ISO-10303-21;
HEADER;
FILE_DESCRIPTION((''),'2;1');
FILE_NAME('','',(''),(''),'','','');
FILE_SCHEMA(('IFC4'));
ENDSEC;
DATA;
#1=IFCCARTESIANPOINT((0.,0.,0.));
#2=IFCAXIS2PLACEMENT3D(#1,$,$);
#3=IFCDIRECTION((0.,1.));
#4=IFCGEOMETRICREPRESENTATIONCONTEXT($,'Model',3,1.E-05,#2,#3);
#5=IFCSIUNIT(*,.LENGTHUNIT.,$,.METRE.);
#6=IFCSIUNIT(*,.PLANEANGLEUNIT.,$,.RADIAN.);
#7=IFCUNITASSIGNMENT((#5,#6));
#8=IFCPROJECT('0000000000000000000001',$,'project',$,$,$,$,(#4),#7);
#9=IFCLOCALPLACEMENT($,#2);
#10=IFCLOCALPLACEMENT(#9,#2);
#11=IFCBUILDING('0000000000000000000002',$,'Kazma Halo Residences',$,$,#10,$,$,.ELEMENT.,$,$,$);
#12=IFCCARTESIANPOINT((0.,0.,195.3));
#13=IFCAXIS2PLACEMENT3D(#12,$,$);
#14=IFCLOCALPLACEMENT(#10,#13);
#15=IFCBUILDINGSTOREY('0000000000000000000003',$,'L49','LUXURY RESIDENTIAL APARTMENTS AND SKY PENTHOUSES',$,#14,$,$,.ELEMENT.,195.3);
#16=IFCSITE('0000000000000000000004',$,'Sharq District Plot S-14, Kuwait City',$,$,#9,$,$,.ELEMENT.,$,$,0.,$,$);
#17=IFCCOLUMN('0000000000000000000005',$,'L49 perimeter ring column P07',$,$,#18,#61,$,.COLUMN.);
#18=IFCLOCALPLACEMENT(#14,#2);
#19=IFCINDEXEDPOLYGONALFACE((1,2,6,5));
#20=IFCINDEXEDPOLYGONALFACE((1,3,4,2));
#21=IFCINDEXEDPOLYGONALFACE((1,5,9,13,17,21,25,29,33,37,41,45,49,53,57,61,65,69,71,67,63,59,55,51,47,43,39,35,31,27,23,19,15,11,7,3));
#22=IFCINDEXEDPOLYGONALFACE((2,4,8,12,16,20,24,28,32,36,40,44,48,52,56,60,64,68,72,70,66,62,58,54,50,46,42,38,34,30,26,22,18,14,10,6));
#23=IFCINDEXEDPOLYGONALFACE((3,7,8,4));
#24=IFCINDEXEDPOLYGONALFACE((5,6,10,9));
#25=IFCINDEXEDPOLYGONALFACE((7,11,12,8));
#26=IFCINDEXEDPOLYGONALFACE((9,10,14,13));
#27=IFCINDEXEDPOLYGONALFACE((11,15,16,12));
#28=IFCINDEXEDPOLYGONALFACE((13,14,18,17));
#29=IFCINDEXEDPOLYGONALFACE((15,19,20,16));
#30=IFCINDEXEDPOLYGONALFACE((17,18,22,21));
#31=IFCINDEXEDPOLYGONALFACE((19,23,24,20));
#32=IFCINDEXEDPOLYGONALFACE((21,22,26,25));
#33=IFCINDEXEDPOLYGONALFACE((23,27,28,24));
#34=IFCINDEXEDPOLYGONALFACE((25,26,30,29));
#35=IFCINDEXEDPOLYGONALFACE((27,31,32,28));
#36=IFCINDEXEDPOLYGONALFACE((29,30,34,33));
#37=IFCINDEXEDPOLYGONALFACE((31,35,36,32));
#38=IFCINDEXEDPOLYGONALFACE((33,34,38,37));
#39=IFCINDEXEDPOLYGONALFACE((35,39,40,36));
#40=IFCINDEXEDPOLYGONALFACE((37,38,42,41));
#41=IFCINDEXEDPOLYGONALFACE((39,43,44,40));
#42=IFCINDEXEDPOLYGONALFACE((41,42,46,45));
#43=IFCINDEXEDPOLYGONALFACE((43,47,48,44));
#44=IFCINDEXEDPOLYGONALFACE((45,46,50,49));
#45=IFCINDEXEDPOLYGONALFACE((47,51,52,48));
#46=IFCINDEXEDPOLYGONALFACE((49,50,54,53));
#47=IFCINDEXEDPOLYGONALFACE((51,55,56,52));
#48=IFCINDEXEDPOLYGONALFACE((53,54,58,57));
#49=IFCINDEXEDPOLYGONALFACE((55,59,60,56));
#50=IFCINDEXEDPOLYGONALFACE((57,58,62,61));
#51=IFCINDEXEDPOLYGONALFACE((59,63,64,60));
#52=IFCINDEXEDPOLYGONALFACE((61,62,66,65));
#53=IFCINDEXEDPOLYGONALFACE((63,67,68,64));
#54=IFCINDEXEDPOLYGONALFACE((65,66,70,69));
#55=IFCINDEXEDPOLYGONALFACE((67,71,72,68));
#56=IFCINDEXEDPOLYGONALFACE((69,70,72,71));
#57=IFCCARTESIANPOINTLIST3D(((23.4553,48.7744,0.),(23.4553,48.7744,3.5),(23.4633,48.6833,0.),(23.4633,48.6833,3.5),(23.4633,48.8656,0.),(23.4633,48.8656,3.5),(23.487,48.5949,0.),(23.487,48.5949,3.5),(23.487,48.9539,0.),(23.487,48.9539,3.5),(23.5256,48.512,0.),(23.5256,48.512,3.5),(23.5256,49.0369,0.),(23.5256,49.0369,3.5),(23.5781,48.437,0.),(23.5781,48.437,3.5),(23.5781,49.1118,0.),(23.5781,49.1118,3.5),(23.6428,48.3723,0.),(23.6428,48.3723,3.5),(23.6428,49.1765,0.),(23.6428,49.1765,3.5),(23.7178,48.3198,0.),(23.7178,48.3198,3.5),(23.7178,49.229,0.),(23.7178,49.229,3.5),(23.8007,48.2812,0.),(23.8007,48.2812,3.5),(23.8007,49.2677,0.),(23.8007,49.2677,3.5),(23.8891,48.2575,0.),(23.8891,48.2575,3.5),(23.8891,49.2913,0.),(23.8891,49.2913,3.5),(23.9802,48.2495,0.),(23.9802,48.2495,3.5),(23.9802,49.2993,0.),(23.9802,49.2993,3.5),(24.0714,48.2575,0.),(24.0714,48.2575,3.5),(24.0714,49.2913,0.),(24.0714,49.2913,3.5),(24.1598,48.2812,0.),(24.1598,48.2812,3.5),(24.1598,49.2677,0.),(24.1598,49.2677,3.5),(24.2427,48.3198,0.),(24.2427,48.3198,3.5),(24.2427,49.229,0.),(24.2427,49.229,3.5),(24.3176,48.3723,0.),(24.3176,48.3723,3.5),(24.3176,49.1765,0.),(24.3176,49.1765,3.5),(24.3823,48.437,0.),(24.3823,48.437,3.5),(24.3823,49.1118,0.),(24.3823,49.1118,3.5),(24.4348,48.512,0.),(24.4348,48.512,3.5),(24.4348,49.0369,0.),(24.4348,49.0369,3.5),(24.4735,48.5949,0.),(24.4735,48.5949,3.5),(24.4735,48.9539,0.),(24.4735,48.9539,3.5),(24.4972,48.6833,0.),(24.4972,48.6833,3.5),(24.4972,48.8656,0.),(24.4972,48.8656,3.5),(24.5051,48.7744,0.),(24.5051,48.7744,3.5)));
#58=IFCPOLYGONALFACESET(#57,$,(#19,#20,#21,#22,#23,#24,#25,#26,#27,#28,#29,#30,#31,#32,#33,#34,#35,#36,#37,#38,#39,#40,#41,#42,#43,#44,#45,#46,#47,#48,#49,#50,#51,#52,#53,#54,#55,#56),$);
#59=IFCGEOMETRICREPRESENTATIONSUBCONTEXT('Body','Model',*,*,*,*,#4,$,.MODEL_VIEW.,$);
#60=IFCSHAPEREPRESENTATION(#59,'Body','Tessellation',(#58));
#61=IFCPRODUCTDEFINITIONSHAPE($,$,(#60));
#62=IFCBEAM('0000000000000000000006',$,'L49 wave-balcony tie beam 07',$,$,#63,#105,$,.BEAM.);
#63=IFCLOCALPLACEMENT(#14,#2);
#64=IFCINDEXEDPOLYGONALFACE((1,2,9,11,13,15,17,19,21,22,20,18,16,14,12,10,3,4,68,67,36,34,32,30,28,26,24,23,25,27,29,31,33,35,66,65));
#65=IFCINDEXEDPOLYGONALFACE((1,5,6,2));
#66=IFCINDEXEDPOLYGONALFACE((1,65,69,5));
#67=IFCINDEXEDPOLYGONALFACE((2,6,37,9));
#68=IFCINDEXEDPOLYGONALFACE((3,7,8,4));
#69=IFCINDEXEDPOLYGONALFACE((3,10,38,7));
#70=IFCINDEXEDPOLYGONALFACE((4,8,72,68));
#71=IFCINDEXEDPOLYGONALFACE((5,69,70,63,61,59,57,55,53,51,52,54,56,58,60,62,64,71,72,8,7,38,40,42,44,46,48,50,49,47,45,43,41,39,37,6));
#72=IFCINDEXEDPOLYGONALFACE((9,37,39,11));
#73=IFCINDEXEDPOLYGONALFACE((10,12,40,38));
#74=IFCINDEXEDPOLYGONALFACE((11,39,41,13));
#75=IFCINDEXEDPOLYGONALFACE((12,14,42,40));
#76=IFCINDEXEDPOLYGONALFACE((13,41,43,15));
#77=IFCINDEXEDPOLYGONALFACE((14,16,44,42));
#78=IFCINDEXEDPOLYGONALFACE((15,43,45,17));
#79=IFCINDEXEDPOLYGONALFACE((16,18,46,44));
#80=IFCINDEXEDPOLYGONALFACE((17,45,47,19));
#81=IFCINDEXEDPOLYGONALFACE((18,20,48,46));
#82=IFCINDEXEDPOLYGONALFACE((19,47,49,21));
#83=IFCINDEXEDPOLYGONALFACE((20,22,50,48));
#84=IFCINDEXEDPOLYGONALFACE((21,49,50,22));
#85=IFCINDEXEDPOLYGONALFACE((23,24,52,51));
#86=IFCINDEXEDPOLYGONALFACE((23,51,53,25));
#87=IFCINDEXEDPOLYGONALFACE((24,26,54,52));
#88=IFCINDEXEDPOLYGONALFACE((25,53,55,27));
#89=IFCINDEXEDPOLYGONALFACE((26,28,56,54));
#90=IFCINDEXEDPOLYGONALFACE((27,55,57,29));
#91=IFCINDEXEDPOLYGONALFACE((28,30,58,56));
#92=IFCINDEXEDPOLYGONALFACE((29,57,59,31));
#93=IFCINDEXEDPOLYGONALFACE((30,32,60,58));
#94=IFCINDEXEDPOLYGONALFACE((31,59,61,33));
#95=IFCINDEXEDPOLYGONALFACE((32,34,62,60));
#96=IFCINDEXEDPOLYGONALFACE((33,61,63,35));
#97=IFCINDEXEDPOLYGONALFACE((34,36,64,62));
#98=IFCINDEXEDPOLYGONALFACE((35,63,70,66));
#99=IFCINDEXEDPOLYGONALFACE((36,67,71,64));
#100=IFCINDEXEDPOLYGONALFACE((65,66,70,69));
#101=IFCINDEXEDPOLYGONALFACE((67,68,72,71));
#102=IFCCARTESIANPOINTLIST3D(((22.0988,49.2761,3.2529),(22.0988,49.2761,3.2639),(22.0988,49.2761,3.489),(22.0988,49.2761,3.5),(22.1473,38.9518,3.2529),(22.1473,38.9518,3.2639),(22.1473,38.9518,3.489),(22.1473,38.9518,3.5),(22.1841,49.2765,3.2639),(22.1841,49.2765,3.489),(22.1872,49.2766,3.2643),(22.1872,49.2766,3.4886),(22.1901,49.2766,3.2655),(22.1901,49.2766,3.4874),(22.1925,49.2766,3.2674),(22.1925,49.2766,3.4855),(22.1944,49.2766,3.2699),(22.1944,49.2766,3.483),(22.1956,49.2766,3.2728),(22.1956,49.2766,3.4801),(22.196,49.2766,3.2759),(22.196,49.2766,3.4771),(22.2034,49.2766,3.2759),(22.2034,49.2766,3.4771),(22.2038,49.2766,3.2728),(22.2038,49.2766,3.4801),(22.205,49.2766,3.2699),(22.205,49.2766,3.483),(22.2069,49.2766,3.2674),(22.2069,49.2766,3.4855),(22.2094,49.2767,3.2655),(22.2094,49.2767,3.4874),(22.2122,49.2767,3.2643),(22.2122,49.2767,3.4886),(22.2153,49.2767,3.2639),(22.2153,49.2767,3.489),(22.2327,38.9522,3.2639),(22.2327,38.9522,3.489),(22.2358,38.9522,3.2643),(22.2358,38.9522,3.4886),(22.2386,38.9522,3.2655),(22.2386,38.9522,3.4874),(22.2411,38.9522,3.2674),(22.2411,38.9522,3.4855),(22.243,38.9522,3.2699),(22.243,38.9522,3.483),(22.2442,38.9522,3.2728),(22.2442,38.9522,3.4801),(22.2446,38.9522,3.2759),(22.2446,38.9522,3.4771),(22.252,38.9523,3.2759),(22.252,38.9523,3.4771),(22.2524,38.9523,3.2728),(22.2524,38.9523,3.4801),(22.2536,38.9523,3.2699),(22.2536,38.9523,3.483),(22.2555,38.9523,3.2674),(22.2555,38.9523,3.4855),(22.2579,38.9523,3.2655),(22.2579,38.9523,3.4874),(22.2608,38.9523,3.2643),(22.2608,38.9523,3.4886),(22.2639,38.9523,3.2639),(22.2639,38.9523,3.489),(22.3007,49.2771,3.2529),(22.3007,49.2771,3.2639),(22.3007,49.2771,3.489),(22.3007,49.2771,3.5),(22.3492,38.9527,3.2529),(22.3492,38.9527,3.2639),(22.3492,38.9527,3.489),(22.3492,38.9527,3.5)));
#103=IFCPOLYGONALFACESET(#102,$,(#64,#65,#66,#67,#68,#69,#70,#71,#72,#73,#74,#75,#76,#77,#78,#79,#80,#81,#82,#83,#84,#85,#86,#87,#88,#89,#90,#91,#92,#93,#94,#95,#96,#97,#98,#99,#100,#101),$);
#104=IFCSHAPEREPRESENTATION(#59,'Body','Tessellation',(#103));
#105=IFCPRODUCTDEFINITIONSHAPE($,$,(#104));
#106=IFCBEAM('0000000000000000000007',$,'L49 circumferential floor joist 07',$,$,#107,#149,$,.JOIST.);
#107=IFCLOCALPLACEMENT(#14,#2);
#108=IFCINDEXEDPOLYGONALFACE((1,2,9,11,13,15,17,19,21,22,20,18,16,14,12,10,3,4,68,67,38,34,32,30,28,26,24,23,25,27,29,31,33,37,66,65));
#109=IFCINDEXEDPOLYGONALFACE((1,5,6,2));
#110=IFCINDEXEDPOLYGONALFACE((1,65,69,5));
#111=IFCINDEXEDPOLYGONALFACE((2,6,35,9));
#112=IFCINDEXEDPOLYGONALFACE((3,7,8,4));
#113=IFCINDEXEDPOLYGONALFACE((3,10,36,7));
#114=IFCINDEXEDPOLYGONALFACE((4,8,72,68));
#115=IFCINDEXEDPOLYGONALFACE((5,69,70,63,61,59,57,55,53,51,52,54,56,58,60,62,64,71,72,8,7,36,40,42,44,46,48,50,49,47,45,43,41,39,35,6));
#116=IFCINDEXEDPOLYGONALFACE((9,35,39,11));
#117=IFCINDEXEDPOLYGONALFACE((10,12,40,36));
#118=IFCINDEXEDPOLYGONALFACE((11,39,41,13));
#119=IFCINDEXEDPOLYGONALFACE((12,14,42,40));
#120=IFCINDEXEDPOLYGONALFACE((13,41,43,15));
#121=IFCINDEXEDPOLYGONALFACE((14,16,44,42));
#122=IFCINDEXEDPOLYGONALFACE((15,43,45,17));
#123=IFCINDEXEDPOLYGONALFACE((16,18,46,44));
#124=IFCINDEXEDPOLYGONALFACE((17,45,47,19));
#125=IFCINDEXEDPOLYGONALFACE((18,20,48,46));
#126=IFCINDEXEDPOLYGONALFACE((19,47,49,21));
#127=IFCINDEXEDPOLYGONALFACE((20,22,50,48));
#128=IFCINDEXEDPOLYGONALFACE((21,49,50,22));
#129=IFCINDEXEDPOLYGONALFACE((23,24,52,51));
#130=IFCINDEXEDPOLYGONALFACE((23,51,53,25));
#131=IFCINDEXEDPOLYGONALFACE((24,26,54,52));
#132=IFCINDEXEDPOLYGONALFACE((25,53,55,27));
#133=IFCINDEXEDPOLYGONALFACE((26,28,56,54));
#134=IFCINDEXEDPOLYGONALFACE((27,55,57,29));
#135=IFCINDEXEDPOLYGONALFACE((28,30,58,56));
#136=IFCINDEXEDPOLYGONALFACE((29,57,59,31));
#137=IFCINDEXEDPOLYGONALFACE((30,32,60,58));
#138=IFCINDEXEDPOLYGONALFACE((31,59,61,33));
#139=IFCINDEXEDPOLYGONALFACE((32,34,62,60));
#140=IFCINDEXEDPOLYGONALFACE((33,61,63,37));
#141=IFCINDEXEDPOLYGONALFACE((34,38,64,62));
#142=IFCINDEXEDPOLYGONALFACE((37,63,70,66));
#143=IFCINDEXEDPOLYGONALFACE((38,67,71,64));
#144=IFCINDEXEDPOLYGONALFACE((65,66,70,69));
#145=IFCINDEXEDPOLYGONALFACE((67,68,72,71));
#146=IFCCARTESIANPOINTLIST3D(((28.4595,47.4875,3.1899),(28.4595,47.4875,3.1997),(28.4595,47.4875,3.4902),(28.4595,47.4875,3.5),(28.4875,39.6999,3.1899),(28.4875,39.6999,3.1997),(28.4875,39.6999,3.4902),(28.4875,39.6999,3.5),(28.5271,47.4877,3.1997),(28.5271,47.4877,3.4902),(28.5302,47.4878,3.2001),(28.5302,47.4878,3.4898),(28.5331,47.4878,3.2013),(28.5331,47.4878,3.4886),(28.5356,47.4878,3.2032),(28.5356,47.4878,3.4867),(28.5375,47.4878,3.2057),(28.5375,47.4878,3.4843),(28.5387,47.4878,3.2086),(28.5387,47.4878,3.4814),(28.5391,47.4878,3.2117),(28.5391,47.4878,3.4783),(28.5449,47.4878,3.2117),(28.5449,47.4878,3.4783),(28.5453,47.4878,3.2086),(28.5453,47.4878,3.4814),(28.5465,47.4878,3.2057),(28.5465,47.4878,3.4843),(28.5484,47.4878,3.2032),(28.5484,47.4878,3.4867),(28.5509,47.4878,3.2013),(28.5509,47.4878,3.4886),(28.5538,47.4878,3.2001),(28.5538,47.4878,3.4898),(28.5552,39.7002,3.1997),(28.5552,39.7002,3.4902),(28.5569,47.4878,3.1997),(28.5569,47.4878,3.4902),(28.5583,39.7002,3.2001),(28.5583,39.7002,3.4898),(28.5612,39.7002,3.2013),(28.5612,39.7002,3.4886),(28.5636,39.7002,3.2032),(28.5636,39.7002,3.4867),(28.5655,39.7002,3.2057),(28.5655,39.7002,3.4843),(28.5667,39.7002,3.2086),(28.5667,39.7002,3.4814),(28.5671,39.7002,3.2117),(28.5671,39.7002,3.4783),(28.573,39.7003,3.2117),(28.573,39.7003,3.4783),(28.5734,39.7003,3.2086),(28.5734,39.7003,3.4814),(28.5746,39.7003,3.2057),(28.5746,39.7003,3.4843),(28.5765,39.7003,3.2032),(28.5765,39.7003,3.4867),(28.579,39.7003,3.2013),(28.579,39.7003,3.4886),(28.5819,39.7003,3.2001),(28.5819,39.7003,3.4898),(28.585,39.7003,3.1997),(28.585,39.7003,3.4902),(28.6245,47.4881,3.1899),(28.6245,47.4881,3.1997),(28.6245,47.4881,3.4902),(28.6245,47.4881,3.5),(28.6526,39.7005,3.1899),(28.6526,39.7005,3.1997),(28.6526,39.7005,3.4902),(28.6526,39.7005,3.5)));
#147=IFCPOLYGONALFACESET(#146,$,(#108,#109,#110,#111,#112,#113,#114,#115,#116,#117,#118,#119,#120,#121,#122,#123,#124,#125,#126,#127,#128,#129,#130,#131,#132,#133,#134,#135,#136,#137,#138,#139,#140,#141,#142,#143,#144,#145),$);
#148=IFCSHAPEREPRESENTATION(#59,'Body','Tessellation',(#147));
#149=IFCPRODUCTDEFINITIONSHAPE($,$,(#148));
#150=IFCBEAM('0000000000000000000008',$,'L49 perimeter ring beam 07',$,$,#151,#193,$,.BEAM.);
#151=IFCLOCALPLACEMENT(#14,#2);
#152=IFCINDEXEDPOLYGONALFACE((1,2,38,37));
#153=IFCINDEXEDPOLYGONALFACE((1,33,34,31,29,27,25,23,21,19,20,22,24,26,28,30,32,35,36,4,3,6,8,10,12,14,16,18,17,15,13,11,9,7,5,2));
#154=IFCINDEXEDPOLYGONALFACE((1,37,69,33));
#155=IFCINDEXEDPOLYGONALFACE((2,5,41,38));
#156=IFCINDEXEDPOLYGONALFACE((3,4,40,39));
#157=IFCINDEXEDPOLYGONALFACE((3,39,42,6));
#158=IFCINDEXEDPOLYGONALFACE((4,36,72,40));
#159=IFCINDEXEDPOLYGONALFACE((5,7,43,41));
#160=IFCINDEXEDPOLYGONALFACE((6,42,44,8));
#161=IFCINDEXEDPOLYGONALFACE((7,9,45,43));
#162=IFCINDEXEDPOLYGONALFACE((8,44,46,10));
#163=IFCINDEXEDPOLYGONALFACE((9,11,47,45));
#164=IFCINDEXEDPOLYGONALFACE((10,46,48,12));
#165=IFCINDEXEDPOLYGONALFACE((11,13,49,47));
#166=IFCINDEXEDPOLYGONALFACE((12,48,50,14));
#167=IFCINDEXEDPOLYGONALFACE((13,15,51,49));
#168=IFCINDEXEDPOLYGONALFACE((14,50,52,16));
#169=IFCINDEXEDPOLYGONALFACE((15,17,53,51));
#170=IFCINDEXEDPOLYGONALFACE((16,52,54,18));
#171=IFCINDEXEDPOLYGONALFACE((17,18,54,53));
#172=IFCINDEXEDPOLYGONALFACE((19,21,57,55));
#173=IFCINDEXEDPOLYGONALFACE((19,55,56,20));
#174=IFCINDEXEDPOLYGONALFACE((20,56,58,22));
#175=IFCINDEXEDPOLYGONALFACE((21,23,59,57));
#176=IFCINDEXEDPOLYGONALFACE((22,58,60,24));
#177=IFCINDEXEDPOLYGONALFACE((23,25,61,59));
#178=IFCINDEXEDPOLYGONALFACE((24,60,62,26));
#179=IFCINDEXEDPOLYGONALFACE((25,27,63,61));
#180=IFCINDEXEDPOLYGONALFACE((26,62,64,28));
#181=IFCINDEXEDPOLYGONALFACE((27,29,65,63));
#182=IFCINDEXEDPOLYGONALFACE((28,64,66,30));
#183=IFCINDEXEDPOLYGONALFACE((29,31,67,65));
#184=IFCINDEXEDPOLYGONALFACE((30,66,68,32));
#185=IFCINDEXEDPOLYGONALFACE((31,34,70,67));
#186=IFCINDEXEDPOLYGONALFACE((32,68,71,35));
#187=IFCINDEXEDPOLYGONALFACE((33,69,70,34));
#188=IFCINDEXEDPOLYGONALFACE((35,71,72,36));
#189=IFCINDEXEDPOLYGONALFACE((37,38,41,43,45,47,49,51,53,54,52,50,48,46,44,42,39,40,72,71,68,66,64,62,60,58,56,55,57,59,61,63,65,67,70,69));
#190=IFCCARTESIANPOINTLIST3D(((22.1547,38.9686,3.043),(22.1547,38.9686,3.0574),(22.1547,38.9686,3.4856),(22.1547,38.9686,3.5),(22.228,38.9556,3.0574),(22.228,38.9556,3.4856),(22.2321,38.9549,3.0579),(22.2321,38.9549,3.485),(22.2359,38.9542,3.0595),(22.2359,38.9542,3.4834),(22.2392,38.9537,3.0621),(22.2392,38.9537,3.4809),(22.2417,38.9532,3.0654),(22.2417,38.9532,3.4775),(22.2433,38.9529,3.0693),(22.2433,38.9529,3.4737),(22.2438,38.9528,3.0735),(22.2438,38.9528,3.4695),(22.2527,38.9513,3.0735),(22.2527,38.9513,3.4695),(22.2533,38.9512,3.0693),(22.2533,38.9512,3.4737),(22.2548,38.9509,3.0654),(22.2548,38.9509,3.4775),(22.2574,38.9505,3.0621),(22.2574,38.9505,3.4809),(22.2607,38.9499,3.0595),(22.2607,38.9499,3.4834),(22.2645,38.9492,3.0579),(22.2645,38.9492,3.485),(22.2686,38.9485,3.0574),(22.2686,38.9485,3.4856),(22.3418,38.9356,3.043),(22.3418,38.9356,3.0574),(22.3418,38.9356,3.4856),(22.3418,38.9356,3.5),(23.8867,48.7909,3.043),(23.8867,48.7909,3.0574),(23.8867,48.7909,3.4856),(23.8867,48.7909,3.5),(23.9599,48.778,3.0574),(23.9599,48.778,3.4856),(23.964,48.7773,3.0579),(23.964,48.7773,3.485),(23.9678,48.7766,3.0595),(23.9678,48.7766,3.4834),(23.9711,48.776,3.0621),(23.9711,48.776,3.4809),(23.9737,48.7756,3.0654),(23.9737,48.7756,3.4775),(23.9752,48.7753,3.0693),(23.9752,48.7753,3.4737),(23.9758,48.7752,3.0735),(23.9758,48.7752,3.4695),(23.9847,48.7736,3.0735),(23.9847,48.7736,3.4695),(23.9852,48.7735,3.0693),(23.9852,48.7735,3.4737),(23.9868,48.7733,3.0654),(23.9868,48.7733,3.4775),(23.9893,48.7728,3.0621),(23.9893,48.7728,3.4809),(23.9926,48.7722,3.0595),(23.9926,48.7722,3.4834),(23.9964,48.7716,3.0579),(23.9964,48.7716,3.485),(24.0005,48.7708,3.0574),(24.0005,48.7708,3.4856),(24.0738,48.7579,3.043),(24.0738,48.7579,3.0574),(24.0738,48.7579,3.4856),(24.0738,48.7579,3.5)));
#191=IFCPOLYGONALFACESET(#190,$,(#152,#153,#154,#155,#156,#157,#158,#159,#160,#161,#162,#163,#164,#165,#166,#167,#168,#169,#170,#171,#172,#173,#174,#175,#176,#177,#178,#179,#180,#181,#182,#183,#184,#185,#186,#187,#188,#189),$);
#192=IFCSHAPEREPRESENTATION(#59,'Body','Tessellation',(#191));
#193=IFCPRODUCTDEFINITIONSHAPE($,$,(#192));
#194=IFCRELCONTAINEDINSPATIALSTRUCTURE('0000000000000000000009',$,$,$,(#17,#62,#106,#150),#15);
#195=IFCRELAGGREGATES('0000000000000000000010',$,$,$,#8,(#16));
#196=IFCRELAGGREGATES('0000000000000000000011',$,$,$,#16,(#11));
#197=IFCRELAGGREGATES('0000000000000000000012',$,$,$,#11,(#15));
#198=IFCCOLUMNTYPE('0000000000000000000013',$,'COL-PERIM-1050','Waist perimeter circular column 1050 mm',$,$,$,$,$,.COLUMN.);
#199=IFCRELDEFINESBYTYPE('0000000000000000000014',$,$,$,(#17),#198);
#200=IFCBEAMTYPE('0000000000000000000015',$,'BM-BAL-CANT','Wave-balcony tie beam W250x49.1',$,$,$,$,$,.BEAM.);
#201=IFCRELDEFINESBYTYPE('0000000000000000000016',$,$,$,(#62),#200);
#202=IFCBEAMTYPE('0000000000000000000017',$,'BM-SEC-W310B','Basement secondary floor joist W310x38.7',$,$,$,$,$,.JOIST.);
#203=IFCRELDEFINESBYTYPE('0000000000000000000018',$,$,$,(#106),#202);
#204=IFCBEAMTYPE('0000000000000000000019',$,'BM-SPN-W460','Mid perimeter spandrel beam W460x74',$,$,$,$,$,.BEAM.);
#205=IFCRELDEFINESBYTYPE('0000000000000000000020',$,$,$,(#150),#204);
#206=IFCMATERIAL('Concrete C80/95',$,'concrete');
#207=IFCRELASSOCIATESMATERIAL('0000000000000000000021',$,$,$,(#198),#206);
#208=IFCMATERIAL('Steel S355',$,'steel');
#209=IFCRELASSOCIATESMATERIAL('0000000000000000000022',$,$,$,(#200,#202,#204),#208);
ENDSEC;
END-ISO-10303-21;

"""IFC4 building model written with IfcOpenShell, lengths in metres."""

from ifc_helpers import new_model, si_unit, direction, frame, origin, origin_2d, place, context, subcontext, project, spatial, circle, i_section, extrude, material, material_profile, profile_set, type_object, element, save


model = new_model("IFC4")

# Units and contexts
model_context = context("Model", 3, precision=1e-05, world=origin(), true_north=direction((0.0, 1.0)))
body_context = subcontext(model_context, "Body", "Model", "MODEL_VIEW")
ifc_project = project(units=[si_unit("LENGTHUNIT", "METRE"), si_unit("PLANEANGLEUNIT", "RADIAN")], contexts=[model_context])

# Site, building, storey
site_placement = place(None, origin())
site = spatial("IfcSite", under=ifc_project, at=site_placement, Name="Sharq District Plot S-14, Kuwait City", CompositionType="ELEMENT", RefElevation=0.0)
building_placement = place(site_placement, origin())
building = spatial("IfcBuilding", under=site, at=building_placement, Name="Kazma Halo Residences", CompositionType="ELEMENT")
storey_placement = place(building_placement, frame((0.0, 0.0, 195.3)))
storey = spatial("IfcBuildingStorey", under=building, at=storey_placement, Name="L49", Description="LUXURY RESIDENTIAL APARTMENTS AND SKY PENTHOUSES", CompositionType="ELEMENT", Elevation=195.3)

# Column
ifc_material_1 = material(Name="Concrete C80/95", Category="concrete")
ifc_material_profile_1 = material_profile(ifc_material_1, circle(Radius=0.5249, at=origin_2d()), Name="CIRC1050")
ifc_profile_set_1 = profile_set([ifc_material_profile_1], Name="Concrete C80/95")
column_type = type_object("IfcColumnType", Name="COL-PERIM-1050", Description="Waist perimeter circular column 1050 mm", PredefinedType="COLUMN", material=ifc_profile_set_1)
column_placement = place(storey_placement, frame((23.9802, 48.7744, 0.0), z_axis=(0.0, 0.0, 1.0), x_axis=(1.0, 0.0, 0.0)))
element("IfcColumn", 1, at=column_placement, inside=storey, type_object=column_type, Name="L49 perimeter ring column P07", PredefinedType="COLUMN", context=body_context, shape_type="SweptSolid", body=[
    extrude(circle(Radius=0.5249, at=origin_2d()), origin(), (0.0, 0.0, 1.0), 3.5),
])

# Beams
ifc_material_2 = material(Name="Steel S355", Category="steel")
ifc_material_profile_2 = material_profile(ifc_material_2, i_section(OverallWidth=0.2019, OverallDepth=0.2471, WebThickness=0.0073, FlangeThickness=0.011, FilletRadius=0.012, at=origin_2d()), Name="W250x49.1")
ifc_profile_set_2 = profile_set([ifc_material_profile_2], Name="Steel S355")
beam_type_1 = type_object("IfcBeamType", Name="BM-BAL-CANT", Description="Wave-balcony tie beam W250x49.1", PredefinedType="BEAM", material=ifc_profile_set_2)
beam_1_placement = place(storey_placement, frame((22.1997, 49.2766, 3.3765), z_axis=(0.004706, -0.999989, 0.0), x_axis=(0.999989, 0.004706, 0.0)))
element("IfcBeam", 2, at=beam_1_placement, inside=storey, type_object=beam_type_1, Name="L49 wave-balcony tie beam 07", PredefinedType="BEAM", context=body_context, shape_type="SweptSolid", body=[
    extrude(i_section(OverallWidth=0.2019, OverallDepth=0.2471, WebThickness=0.0073, FlangeThickness=0.011, FilletRadius=0.012, at=origin_2d()), origin(), (0.0, 0.0, 1.0), 10.3245),
])
ifc_material_profile_3 = material_profile(ifc_material_2, i_section(OverallWidth=0.165, OverallDepth=0.3101, WebThickness=0.0059, FlangeThickness=0.0098, FilletRadius=0.012, at=origin_2d()), Name="W310x38.7")
ifc_profile_set_3 = profile_set([ifc_material_profile_3], Name="Steel S355")
beam_type_2 = type_object("IfcBeamType", Name="BM-SEC-W310B", Description="Basement secondary floor joist W310x38.7", PredefinedType="JOIST", material=ifc_profile_set_3)
beam_2_placement = place(storey_placement, frame((28.542, 47.4878, 3.345), z_axis=(0.003605, -0.999994, 0.0), x_axis=(0.999994, 0.003605, 0.0)))
element("IfcBeam", 3, at=beam_2_placement, inside=storey, type_object=beam_type_2, Name="L49 circumferential floor joist 07", PredefinedType="JOIST", context=body_context, shape_type="SweptSolid", body=[
    extrude(i_section(OverallWidth=0.165, OverallDepth=0.3101, WebThickness=0.0059, FlangeThickness=0.0098, FilletRadius=0.012, at=origin_2d()), origin(), (0.0, 0.0, 1.0), 7.7876),
])
ifc_material_profile_4 = material_profile(ifc_material_2, i_section(OverallWidth=0.1899, OverallDepth=0.457, WebThickness=0.009, FlangeThickness=0.0144, FilletRadius=0.0161, at=origin_2d()), Name="W460x74")
ifc_profile_set_4 = profile_set([ifc_material_profile_4], Name="Steel S355")
beam_type_3 = type_object("IfcBeamType", Name="BM-SPN-W460", Description="Mid perimeter spandrel beam W460x74", PredefinedType="BEAM", material=ifc_profile_set_4)
beam_3_placement = place(storey_placement, frame((23.9802, 48.7744, 3.2715), z_axis=(-0.173648, -0.984808, 0.0), x_axis=(0.984808, -0.173648, 0.0)))
element("IfcBeam", 4, at=beam_3_placement, inside=storey, type_object=beam_type_3, Name="L49 perimeter ring beam 07", PredefinedType="BEAM", context=body_context, shape_type="SweptSolid", body=[
    extrude(i_section(OverallWidth=0.1899, OverallDepth=0.457, WebThickness=0.009, FlangeThickness=0.0144, FilletRadius=0.0161, at=origin_2d()), origin(), (0.0, 0.0, 1.0), 9.9739),
])

save(model, "model.ifc")
